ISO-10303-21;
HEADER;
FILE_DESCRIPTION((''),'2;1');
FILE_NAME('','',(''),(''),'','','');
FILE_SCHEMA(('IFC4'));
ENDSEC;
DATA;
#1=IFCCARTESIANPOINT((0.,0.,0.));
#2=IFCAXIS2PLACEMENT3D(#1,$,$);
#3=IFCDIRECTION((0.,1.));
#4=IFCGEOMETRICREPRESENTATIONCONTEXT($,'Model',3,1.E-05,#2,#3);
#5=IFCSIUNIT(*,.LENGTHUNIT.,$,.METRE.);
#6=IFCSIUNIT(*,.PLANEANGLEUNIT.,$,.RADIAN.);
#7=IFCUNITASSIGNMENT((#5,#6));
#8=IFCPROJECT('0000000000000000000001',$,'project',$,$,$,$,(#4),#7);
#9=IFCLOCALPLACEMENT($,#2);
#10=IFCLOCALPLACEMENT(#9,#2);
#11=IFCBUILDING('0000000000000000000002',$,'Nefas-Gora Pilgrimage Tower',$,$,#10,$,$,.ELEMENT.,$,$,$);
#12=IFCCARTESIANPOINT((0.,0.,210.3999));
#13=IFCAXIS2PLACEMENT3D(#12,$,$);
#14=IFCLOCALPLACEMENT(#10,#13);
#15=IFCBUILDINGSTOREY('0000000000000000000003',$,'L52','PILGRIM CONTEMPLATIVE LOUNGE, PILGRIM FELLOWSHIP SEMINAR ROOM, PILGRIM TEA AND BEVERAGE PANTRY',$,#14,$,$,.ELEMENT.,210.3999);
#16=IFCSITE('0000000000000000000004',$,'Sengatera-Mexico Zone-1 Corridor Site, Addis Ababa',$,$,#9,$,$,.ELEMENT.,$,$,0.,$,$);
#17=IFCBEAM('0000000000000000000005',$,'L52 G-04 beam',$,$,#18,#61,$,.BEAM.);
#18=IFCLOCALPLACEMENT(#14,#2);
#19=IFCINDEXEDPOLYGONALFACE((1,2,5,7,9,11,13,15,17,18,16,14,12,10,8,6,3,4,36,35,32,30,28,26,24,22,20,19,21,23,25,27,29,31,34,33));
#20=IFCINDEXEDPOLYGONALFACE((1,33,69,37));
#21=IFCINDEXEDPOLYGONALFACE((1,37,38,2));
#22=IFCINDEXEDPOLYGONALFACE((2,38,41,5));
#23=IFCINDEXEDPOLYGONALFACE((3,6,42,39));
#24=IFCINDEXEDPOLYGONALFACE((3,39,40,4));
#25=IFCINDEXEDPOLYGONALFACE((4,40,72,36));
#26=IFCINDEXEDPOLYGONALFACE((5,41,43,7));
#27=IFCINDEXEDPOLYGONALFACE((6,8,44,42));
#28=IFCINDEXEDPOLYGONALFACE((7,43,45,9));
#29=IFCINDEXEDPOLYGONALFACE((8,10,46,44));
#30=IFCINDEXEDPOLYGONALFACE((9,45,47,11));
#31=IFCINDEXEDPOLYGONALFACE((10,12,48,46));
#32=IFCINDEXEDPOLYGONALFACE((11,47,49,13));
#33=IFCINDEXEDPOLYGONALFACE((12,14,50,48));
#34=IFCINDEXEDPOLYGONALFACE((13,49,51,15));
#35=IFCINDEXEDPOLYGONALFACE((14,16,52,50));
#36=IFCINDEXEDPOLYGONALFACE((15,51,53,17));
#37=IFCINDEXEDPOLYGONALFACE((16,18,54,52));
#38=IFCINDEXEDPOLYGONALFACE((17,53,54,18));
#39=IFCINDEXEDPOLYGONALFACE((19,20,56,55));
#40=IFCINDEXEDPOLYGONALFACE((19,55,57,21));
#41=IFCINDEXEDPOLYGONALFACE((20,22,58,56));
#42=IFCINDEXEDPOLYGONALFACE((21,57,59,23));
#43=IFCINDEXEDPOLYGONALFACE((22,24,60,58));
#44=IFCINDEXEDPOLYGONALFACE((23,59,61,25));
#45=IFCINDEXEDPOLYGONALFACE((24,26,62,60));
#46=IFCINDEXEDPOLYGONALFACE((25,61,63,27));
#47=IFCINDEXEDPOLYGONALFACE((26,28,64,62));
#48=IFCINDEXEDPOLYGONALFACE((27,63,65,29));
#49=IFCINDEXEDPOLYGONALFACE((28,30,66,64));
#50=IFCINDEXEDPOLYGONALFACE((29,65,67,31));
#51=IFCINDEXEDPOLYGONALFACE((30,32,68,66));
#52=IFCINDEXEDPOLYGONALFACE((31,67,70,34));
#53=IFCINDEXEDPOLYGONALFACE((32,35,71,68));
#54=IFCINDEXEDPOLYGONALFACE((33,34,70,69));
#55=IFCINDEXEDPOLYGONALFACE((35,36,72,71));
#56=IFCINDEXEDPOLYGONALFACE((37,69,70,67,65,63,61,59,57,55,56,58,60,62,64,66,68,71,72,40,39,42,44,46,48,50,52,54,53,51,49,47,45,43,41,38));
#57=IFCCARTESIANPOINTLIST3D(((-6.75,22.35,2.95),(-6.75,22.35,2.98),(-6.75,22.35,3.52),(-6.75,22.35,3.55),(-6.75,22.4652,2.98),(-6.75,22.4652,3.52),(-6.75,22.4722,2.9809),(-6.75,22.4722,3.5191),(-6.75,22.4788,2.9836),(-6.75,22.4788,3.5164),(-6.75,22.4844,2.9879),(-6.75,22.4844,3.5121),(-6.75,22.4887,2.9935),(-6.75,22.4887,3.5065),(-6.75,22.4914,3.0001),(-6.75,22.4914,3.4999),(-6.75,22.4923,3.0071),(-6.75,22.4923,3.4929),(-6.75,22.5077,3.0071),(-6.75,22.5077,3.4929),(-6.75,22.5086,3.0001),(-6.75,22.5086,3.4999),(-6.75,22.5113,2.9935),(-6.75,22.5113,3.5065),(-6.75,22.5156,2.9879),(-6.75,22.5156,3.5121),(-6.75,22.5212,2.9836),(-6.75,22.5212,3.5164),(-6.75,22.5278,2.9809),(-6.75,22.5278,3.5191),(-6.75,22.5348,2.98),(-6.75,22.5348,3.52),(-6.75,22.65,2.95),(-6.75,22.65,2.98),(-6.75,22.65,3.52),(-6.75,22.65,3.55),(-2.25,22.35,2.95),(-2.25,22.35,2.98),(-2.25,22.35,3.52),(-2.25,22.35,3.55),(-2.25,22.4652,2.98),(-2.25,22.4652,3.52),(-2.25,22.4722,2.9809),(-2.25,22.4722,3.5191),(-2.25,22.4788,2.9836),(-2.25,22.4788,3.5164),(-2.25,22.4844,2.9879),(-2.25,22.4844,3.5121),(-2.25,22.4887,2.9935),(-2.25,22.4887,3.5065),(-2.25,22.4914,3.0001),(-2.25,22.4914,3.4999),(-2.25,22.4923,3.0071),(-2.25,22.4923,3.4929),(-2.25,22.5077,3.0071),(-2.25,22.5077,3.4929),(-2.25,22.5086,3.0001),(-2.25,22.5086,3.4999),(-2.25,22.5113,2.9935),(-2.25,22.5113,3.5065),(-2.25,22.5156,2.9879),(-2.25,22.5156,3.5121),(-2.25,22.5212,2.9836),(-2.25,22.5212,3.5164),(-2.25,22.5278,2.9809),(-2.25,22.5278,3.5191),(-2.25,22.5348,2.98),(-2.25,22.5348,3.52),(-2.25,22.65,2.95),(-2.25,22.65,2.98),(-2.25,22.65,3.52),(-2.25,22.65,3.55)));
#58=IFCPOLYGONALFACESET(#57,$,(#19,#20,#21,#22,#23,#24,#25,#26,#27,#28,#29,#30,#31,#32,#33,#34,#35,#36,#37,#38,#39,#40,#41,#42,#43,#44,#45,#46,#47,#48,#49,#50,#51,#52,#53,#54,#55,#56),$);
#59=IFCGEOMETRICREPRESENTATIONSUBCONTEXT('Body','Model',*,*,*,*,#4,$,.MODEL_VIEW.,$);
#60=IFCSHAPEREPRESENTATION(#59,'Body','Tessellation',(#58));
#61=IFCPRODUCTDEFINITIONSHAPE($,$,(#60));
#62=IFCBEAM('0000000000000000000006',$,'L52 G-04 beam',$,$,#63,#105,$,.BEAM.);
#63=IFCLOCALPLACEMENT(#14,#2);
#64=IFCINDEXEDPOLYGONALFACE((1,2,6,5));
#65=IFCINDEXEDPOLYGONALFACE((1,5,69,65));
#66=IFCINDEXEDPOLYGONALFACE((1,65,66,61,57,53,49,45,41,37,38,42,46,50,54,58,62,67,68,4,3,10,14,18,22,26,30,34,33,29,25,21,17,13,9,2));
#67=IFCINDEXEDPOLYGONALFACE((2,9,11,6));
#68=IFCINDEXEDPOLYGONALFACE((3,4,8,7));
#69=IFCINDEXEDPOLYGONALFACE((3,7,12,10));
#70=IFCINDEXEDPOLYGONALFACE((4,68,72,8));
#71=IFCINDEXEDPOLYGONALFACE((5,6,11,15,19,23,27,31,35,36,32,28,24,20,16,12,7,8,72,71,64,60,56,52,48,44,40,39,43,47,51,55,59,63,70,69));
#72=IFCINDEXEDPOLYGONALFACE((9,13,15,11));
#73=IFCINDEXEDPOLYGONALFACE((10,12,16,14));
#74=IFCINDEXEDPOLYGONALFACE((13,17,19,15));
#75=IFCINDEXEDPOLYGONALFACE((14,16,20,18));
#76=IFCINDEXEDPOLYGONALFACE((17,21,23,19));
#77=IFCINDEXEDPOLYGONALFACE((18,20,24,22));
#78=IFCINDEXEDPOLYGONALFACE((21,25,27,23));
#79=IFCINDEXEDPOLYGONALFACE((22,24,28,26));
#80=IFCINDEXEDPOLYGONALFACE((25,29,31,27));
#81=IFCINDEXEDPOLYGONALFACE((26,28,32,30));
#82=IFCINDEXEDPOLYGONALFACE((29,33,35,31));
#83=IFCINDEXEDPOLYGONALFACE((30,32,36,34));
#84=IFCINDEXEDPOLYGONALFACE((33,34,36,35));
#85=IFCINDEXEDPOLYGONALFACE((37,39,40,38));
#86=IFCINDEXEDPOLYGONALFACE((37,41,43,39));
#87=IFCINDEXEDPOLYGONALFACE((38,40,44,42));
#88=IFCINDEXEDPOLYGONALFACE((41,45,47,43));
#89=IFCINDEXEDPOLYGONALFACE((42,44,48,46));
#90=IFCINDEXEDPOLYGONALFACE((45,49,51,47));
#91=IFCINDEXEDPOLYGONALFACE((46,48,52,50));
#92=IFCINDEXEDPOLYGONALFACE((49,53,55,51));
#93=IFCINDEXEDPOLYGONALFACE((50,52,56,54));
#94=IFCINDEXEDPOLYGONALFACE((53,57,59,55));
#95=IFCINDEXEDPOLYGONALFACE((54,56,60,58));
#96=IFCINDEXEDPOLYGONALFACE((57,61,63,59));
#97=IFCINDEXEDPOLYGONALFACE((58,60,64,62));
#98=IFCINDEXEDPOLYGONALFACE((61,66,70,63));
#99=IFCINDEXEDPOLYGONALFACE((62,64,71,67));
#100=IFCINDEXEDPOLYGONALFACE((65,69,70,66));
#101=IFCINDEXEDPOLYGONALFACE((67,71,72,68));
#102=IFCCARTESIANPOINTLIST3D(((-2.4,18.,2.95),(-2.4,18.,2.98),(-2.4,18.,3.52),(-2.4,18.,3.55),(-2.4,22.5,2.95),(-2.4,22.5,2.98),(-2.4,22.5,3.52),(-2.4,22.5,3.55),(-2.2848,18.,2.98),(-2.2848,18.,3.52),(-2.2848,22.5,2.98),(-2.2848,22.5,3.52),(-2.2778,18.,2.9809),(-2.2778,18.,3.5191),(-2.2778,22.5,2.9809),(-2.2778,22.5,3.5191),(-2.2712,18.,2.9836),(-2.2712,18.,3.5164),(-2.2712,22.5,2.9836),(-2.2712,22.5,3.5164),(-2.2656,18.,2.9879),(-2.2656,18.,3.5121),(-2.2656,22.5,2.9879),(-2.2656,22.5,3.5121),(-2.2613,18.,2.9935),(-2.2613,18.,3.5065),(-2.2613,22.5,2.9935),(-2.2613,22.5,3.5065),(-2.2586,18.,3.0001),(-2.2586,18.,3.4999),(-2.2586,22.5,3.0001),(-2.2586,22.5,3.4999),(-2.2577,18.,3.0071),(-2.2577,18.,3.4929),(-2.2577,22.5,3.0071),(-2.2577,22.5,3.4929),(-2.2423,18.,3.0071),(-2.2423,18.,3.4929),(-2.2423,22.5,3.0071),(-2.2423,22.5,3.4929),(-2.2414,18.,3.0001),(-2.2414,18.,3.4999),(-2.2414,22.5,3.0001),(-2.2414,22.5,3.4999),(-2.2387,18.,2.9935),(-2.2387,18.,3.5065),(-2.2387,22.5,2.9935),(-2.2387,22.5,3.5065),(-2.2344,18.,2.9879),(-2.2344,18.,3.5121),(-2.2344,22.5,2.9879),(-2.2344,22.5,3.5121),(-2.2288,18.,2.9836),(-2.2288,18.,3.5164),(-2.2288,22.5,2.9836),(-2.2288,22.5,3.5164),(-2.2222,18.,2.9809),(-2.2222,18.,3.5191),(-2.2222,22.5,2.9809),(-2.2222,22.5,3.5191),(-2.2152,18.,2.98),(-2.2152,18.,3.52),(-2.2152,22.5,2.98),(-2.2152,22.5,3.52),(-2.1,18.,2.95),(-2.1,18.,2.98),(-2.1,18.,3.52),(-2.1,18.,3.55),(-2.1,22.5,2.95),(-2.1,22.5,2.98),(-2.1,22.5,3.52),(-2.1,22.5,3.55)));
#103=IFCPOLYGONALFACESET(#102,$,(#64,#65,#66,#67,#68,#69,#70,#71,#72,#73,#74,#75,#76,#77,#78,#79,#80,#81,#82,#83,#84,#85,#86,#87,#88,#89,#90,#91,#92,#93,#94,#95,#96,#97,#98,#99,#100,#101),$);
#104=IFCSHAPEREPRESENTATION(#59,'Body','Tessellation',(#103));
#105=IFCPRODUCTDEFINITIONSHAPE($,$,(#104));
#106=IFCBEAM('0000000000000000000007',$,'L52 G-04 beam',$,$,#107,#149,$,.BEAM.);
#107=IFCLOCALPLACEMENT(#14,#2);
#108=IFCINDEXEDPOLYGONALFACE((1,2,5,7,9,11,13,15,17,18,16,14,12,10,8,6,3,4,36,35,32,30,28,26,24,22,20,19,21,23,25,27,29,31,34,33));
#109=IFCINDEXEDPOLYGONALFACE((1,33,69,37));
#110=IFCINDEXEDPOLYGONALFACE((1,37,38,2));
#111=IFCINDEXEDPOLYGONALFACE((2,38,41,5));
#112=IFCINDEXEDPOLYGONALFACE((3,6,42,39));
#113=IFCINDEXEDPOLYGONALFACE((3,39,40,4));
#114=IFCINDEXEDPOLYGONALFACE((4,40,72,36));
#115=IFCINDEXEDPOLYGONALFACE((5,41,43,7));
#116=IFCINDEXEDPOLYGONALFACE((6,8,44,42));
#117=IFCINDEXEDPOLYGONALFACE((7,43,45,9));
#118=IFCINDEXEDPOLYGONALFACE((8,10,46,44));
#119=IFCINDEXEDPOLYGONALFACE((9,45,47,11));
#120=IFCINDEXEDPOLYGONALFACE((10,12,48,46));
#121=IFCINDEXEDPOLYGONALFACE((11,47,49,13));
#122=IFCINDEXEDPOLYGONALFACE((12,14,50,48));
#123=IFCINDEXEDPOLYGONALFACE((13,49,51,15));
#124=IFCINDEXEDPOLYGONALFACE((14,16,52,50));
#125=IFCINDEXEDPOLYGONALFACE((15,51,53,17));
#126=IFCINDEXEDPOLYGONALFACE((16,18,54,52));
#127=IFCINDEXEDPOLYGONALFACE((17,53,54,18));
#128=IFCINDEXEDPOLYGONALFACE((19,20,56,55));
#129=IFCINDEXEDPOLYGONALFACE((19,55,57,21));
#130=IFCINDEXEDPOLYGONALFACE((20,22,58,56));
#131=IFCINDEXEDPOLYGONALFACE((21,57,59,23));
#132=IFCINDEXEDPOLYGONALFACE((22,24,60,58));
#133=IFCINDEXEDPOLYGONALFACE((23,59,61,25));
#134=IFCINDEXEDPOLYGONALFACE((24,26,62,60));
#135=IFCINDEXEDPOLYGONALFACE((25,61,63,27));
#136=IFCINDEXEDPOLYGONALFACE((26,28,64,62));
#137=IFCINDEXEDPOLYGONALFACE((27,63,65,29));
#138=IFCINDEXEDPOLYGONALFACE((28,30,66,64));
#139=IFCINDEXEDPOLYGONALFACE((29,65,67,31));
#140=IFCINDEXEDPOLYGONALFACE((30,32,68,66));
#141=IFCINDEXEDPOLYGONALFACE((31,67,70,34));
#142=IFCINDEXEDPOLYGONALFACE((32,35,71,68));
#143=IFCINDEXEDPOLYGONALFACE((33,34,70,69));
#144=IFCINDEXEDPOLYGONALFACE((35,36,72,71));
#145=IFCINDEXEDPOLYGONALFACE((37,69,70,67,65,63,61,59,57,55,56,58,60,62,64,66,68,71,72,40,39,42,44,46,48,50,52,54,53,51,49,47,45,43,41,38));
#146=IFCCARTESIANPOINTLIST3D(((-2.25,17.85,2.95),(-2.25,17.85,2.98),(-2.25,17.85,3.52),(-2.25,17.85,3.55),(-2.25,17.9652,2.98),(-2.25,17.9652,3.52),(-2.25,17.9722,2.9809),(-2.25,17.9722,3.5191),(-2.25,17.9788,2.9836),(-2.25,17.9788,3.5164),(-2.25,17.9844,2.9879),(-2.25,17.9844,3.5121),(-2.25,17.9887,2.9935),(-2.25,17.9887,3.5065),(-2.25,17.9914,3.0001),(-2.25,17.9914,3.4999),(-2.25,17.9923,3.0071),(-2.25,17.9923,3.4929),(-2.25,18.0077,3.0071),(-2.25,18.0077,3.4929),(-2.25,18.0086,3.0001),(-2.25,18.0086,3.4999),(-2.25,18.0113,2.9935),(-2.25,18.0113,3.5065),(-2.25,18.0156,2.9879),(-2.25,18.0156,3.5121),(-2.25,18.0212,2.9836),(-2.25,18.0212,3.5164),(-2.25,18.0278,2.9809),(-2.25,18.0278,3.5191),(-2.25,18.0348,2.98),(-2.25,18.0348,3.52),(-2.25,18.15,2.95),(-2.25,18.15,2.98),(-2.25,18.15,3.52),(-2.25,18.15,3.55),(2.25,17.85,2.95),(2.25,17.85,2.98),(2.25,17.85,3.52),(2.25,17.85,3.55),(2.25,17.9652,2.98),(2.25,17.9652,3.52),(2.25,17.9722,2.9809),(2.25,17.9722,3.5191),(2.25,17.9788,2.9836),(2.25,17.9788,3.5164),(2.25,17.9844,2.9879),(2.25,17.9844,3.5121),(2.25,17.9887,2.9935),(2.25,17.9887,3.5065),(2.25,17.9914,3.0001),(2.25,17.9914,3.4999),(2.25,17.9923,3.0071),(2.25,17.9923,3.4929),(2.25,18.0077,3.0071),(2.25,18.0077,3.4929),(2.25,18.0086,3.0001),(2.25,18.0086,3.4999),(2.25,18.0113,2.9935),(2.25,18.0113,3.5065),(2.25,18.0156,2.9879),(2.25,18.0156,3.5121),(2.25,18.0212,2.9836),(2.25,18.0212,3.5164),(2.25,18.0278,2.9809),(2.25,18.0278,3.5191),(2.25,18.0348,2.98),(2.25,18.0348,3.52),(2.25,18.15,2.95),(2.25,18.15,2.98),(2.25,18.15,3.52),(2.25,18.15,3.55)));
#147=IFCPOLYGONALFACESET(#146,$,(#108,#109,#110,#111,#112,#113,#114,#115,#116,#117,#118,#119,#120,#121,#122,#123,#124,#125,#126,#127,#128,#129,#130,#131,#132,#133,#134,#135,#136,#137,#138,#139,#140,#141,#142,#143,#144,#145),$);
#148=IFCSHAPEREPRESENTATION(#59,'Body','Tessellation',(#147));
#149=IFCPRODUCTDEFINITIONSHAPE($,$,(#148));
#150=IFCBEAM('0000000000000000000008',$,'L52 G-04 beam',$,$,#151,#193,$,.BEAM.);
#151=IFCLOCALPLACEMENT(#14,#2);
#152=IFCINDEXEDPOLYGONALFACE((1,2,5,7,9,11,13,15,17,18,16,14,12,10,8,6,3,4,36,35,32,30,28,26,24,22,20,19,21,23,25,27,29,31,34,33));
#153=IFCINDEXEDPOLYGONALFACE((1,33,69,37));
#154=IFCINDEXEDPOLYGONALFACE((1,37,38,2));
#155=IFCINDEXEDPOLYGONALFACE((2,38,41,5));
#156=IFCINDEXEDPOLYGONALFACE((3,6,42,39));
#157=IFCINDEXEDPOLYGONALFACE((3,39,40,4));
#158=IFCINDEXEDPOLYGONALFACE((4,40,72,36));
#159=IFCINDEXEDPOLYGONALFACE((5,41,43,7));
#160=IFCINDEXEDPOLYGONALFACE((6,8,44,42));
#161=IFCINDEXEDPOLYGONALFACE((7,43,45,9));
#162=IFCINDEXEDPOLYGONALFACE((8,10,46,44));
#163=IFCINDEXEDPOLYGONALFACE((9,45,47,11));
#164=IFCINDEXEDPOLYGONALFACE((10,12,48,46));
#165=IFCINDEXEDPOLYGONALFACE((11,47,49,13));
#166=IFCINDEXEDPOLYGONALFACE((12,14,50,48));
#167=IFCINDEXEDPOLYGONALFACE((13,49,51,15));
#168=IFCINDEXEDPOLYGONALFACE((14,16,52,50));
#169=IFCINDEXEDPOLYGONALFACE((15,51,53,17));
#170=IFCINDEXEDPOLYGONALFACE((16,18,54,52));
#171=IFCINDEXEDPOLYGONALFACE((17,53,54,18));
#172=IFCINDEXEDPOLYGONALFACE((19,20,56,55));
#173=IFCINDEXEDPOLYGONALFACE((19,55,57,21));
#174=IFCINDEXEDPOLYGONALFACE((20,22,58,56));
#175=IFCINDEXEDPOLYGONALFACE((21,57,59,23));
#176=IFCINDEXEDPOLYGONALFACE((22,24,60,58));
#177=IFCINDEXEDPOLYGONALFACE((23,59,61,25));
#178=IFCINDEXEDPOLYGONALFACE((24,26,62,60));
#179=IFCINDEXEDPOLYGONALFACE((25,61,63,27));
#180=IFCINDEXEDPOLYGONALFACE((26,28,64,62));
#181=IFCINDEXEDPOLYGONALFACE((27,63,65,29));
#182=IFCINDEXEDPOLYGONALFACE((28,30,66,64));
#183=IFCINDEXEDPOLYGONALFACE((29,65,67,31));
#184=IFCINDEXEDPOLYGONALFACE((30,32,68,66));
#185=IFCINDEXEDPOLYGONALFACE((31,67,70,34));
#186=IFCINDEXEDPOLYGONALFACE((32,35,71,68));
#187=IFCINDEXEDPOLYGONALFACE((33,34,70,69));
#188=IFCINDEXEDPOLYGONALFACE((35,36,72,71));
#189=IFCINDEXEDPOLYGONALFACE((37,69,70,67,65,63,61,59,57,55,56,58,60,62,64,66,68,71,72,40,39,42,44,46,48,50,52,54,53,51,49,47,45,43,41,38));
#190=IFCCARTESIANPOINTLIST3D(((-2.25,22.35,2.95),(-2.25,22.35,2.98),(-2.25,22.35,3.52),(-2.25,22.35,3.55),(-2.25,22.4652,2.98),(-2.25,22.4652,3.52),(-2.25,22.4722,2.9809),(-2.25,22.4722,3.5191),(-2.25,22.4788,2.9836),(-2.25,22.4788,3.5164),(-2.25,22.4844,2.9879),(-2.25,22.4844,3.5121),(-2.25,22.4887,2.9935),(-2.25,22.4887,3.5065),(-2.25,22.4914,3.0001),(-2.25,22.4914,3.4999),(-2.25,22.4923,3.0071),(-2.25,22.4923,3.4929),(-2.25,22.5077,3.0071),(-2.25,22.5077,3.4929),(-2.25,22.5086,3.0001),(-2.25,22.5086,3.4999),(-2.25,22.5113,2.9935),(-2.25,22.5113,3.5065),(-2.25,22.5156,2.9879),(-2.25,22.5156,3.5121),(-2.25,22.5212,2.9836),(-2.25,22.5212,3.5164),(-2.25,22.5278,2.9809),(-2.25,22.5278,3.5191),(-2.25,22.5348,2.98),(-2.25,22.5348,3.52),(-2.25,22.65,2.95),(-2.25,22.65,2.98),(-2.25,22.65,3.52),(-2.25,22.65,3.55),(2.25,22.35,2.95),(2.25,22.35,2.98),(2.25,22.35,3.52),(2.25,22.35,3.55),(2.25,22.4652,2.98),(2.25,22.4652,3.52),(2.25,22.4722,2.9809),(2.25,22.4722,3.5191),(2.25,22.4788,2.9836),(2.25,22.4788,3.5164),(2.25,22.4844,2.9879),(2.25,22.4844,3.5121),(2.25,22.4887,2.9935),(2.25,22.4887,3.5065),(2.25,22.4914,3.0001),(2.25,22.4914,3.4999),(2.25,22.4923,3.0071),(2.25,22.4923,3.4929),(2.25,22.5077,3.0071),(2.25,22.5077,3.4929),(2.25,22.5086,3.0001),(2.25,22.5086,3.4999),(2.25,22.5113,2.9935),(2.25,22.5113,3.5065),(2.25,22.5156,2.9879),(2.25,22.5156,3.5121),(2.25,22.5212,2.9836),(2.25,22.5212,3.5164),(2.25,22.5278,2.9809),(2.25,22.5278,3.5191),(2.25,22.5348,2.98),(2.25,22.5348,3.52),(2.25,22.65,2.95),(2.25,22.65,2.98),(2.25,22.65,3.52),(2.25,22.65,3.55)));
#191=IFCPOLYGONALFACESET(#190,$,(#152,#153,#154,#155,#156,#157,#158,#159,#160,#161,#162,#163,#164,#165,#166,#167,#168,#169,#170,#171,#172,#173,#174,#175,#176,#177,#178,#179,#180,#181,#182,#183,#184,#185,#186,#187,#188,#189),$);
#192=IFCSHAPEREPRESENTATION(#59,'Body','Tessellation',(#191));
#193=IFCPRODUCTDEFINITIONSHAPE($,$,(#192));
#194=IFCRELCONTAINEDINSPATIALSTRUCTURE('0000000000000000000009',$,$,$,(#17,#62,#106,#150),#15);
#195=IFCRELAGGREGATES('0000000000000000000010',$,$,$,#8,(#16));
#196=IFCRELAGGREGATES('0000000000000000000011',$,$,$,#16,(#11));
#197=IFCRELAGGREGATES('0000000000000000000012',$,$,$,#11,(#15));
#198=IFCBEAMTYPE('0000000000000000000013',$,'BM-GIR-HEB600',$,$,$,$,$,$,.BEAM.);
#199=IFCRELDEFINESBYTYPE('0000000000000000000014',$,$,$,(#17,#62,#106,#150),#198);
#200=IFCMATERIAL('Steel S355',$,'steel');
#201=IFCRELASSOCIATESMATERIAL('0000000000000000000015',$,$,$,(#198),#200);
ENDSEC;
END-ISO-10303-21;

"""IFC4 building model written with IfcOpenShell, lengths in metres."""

from ifc_helpers import new_model, si_unit, direction, frame, origin, origin_2d, place, context, subcontext, project, spatial, i_section, extrude, source, transform, mapped, material, material_profile, profile_set, type_object, element, save


model = new_model("IFC4")

# Units and contexts
model_context = context("Model", 3, precision=1e-05, world=origin(), true_north=direction((0.0, 1.0)))
body_context = subcontext(model_context, "Body", "Model", "MODEL_VIEW")
ifc_project = project(units=[si_unit("LENGTHUNIT", "METRE"), si_unit("PLANEANGLEUNIT", "RADIAN")], contexts=[model_context])

# Site, building, storey
site_placement = place(None, origin())
site = spatial("IfcSite", under=ifc_project, at=site_placement, Name="Sengatera-Mexico Zone-1 Corridor Site, Addis Ababa", CompositionType="ELEMENT", RefElevation=0.0)
building_placement = place(site_placement, origin())
building = spatial("IfcBuilding", under=site, at=building_placement, Name="Nefas-Gora Pilgrimage Tower", CompositionType="ELEMENT")
storey_placement = place(building_placement, frame((0.0, 0.0, 210.3999)))
storey = spatial("IfcBuildingStorey", under=building, at=storey_placement, Name="L52", Description="PILGRIM CONTEMPLATIVE LOUNGE, PILGRIM FELLOWSHIP SEMINAR ROOM, PILGRIM TEA AND BEVERAGE PANTRY", CompositionType="ELEMENT", Elevation=210.3999)

# Beams
ifc_material_1 = material(Name="Steel S355", Category="steel")
ifc_material_profile_1 = material_profile(ifc_material_1, i_section(OverallWidth=0.3, OverallDepth=0.6001, WebThickness=0.0154, FlangeThickness=0.03, FilletRadius=0.0271, at=origin_2d()), Name="HEB 600")
ifc_profile_set_1 = profile_set([ifc_material_profile_1], Name="Steel S355")
beam_type_1 = type_object("IfcBeamType", Name="BM-GIR-HEB600", PredefinedType="BEAM", material=ifc_profile_set_1)
shared_shape_1 = source(origin(), body_context, "Body", "SweptSolid", [
    extrude(i_section(OverallWidth=0.3, OverallDepth=0.6001, WebThickness=0.0154, FlangeThickness=0.03, FilletRadius=0.0271, at=origin_2d()), origin(), (0.0, 0.0, 1.0), 4.5),
])
for number, where, z_axis, x_axis, name in (
    (1, (-6.75, 22.5, 3.25), (1.0, 0.0, 0.0), (0.0, 1.0, 0.0), "L52 G-04 beam"),
    (2, (-2.25, 18.0, 3.25), (0.0, 1.0, 0.0), (-1.0, 0.0, 0.0), "L52 G-04 beam"),
    (3, (-2.25, 18.0, 3.25), (1.0, 0.0, 0.0), (0.0, 1.0, 0.0), "L52 G-04 beam"),
    (4, (-2.25, 22.5, 3.25), (1.0, 0.0, 0.0), (0.0, 1.0, 0.0), "L52 G-04 beam"),
):
    element("IfcBeam", number, at=place(storey_placement, frame(where, z_axis=z_axis, x_axis=x_axis)), inside=storey, type_object=beam_type_1, Name=name, PredefinedType="BEAM", context=body_context, shape_type="MappedRepresentation", body=[
        mapped(shared_shape_1, transform((0.0, 0.0, 0.0), x_axis=(1.0, 0.0, 0.0), y_axis=(0.0, 1.0, 0.0), z_axis=(0.0, 0.0, 1.0), scale=1.0)),
    ])

save(model, "model.ifc")
